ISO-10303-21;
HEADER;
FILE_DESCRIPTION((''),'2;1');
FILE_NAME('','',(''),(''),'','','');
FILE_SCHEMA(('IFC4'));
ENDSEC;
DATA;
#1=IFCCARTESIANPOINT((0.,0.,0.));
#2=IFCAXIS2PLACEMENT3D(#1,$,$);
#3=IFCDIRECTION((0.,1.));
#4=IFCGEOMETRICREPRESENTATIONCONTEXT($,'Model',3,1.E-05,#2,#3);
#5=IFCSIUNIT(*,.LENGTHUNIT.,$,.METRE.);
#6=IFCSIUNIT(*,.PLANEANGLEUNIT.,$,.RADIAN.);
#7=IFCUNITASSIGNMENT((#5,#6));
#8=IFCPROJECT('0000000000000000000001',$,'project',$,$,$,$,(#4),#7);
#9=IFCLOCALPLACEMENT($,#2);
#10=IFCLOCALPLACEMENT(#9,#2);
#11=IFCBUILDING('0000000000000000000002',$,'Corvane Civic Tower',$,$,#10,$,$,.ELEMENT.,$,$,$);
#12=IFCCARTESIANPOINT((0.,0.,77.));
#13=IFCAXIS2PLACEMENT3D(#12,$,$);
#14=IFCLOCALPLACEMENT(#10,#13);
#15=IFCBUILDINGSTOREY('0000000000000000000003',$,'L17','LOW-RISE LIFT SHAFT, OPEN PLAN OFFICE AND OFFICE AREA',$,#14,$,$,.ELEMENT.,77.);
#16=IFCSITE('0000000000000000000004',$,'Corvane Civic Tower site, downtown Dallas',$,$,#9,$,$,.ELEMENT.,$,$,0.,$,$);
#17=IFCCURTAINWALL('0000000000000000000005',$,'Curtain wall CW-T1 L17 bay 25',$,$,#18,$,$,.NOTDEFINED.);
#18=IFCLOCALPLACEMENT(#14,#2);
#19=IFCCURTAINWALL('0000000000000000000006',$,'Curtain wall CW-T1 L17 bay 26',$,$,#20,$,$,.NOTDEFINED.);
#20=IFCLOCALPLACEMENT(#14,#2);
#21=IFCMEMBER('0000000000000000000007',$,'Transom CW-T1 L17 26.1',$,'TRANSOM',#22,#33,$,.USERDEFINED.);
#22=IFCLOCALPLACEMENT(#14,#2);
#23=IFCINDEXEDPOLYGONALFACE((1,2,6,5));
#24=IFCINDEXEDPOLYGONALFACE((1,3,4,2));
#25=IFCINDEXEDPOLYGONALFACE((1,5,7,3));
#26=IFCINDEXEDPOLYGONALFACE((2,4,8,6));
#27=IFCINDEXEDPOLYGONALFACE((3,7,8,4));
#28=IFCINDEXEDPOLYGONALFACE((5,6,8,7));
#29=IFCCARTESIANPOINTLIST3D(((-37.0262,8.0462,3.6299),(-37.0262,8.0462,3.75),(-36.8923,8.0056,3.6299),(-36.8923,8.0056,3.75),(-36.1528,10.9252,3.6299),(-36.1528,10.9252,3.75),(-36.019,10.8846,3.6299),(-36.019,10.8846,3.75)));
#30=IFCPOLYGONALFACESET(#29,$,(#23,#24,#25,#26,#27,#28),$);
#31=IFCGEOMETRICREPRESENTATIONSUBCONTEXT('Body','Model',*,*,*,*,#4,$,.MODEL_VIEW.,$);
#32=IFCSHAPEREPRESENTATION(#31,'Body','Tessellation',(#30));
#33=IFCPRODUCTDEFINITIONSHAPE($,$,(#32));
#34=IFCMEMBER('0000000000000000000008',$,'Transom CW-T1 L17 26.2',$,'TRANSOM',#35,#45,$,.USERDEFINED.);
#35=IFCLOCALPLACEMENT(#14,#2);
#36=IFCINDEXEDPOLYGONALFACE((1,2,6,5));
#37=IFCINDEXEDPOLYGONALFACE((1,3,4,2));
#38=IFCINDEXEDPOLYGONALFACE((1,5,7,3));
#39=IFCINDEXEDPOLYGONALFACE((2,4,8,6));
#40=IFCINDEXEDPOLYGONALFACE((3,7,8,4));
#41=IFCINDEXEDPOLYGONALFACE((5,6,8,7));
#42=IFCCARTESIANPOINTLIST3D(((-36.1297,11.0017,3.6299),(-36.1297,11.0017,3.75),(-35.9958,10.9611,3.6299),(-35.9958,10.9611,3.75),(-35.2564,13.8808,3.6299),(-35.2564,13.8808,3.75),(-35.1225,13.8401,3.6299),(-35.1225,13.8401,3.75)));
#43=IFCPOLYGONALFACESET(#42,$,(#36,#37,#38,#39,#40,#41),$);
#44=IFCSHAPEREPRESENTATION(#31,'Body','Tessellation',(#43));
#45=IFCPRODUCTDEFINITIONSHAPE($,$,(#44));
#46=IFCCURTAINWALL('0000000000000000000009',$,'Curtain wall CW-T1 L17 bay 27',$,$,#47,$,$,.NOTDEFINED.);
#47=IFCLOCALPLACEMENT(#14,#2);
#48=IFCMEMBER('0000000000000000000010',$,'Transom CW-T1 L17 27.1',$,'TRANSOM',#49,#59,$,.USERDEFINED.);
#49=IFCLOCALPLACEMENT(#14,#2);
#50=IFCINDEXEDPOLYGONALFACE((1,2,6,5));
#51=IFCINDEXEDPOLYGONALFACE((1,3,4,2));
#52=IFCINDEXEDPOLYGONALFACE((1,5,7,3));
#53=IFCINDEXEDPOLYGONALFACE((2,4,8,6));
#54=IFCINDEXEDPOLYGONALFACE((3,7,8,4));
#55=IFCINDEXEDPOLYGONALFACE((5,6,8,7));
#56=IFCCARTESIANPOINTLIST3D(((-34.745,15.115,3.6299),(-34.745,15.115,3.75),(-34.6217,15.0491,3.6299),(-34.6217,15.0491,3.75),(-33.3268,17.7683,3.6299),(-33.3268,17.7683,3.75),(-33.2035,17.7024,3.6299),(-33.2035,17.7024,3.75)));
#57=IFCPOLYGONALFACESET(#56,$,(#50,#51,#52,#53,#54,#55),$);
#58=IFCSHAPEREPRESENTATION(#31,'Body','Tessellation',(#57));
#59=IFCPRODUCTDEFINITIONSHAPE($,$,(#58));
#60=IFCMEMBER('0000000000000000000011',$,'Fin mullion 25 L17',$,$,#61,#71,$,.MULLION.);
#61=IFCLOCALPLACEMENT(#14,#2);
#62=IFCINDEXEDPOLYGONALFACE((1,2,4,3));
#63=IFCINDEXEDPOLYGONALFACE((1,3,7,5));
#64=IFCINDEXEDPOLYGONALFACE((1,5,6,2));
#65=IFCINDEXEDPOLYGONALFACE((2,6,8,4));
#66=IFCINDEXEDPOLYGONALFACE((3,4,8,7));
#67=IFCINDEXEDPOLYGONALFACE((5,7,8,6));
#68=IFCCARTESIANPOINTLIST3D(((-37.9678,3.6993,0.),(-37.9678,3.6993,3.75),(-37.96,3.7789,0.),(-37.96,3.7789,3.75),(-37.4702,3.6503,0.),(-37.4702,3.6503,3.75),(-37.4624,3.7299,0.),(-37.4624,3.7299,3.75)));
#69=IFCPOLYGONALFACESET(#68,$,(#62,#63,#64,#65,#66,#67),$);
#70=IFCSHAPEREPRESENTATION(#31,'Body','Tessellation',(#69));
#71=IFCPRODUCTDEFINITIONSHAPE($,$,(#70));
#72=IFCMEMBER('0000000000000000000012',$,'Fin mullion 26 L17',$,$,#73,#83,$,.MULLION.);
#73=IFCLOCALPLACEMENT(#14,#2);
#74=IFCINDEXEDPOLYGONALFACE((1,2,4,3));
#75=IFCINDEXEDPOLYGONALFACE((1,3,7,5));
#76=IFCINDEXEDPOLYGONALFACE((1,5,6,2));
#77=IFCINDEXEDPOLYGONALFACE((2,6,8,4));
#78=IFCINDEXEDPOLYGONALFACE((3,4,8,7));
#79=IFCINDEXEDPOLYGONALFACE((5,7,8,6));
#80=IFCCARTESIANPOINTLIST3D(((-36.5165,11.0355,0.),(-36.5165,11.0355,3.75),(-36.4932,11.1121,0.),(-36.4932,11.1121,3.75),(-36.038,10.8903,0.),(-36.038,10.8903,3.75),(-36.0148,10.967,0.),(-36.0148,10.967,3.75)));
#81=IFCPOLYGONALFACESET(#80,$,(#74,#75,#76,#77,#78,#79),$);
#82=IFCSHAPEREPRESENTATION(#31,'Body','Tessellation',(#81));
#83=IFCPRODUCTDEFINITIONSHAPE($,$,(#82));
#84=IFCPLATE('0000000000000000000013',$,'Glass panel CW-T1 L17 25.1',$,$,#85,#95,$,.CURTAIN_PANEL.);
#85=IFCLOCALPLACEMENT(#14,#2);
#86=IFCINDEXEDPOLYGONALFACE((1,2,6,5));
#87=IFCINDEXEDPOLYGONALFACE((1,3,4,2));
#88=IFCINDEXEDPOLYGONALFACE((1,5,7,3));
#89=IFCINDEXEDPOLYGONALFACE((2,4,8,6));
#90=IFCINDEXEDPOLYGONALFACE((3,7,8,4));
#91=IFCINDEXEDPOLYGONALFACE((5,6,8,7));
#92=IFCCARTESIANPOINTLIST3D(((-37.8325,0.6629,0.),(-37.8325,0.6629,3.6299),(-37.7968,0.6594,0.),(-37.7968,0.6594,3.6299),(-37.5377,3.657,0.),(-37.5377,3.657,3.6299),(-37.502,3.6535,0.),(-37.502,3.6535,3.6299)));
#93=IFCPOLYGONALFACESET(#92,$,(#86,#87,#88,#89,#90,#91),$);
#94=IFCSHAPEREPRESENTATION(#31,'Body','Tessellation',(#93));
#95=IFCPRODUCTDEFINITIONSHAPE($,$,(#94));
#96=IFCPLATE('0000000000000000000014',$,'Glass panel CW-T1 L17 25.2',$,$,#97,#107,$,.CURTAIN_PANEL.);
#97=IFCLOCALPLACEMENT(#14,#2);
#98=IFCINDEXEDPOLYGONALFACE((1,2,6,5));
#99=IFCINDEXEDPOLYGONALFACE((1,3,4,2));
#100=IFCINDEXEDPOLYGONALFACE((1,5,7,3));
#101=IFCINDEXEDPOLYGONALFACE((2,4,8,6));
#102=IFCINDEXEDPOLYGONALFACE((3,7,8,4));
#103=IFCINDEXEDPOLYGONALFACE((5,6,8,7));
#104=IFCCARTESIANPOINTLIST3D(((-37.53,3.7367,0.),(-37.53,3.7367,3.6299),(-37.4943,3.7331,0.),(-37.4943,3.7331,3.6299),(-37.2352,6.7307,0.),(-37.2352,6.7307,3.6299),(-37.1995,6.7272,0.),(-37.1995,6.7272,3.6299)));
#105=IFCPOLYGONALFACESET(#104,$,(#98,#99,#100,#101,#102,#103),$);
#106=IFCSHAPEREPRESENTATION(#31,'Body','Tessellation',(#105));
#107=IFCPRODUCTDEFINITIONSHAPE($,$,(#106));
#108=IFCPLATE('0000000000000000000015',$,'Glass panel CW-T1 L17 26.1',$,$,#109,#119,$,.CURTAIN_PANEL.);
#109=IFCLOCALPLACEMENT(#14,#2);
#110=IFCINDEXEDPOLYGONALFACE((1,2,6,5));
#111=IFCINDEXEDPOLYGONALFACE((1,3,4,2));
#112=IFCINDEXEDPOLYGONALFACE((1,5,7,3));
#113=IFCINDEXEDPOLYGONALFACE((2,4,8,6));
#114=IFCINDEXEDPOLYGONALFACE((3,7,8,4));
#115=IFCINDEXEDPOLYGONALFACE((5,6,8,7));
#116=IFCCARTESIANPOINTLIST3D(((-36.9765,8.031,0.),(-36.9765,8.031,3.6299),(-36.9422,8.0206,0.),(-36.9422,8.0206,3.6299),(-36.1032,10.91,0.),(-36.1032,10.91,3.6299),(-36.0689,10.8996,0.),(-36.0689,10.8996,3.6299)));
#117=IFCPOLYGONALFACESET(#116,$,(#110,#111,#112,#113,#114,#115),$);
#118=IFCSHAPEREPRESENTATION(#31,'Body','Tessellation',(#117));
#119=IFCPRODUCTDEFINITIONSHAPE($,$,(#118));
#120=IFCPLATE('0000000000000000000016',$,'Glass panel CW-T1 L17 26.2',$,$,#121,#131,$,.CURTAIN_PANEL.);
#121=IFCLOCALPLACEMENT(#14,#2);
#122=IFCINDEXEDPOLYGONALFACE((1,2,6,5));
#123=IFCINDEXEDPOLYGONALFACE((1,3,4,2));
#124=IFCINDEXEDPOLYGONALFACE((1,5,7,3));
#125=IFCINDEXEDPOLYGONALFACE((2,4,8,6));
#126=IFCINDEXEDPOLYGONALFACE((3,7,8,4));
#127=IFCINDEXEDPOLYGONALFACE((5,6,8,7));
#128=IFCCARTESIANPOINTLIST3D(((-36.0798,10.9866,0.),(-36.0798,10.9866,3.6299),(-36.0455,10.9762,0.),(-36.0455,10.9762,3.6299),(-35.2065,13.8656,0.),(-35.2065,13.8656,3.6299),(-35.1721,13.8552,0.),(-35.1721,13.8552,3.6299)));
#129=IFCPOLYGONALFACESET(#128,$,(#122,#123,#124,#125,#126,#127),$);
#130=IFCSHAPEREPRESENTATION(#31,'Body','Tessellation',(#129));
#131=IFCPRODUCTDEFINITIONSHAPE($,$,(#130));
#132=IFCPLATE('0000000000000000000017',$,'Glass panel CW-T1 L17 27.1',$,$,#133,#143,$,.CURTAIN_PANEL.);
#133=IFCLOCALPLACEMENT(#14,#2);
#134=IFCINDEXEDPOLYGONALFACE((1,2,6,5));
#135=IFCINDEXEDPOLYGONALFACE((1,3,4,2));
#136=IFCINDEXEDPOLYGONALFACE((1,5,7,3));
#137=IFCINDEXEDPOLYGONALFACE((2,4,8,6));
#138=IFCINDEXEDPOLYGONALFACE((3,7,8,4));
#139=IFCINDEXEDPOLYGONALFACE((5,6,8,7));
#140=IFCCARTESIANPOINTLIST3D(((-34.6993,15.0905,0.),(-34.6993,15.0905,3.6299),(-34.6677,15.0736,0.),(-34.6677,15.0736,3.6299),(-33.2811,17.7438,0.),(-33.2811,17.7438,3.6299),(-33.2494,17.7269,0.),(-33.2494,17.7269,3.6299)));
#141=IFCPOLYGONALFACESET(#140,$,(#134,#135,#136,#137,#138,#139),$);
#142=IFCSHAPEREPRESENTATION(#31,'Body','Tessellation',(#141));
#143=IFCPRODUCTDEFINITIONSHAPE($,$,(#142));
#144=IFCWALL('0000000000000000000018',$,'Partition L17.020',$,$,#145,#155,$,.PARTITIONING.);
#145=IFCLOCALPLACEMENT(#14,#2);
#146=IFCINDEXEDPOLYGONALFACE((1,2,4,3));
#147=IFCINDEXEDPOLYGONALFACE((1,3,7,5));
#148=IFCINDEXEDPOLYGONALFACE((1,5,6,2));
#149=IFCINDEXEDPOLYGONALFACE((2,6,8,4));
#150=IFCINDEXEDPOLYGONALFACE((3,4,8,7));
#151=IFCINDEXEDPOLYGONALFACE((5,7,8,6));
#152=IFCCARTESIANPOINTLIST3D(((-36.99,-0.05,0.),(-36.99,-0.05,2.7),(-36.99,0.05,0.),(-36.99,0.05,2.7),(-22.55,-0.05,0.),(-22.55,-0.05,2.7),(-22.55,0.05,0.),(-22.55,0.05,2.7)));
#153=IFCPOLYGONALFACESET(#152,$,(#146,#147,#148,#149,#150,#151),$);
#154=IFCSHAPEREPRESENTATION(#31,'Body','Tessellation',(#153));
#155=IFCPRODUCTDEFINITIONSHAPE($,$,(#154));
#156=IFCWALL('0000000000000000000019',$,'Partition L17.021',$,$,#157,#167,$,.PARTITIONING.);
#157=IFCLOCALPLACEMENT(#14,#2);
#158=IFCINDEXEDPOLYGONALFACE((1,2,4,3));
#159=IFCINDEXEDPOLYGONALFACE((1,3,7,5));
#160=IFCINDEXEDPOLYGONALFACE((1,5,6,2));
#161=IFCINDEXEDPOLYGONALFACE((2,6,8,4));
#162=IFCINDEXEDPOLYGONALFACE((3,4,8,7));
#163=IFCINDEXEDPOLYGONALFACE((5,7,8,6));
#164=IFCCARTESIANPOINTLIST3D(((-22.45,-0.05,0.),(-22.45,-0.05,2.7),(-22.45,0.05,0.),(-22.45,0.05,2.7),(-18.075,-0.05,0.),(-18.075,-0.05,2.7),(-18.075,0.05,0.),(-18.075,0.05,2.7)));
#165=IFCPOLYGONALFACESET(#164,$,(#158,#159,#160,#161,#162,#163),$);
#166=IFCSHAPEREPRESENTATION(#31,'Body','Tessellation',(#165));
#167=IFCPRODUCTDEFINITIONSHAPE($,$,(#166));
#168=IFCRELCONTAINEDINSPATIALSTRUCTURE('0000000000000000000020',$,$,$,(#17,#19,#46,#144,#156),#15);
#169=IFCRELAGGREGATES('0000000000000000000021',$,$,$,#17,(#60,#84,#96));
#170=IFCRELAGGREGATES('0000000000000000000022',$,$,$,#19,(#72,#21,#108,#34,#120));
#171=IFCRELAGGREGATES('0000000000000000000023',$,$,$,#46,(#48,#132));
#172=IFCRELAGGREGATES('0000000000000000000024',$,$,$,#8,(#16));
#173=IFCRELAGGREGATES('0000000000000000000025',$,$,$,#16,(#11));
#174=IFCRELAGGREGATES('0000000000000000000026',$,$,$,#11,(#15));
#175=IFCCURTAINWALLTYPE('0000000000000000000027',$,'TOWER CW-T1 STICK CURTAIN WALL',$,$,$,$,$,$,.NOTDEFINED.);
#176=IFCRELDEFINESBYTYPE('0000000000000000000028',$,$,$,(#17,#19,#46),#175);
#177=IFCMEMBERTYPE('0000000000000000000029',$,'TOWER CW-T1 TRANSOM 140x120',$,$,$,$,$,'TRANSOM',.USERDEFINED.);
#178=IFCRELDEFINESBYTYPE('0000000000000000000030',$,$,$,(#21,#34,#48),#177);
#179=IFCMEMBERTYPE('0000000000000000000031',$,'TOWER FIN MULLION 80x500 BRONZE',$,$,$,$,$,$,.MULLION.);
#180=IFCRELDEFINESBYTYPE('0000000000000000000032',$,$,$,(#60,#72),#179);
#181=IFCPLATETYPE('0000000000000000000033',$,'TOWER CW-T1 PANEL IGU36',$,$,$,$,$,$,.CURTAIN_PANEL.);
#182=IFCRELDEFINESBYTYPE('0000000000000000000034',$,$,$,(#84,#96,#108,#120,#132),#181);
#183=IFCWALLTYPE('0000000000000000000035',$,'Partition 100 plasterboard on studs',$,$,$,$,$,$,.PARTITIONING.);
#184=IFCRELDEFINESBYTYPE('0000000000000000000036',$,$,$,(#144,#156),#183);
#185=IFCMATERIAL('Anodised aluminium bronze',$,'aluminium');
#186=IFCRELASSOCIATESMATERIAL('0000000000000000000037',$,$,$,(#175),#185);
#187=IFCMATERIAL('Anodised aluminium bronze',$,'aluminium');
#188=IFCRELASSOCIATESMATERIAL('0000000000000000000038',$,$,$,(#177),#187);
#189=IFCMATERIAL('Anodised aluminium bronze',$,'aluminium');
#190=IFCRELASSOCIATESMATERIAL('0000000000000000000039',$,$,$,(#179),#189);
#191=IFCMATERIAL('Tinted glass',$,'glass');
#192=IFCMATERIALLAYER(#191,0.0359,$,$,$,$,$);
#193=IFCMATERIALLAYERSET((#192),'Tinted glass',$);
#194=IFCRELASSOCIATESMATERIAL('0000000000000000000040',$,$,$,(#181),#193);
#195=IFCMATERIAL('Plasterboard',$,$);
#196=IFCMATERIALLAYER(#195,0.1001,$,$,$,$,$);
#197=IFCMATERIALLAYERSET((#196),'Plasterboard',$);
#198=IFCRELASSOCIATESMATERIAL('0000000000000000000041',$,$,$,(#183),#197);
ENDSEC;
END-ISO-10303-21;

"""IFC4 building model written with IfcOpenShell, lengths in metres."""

from ifc_helpers import new_model, si_unit, direction, frame, frame_2d, origin, origin_2d, place, context, subcontext, project, spatial, rectangle, extrude, material, layer, layer_set, material_profile, profile_set, type_object, element, aggregate, save


model = new_model("IFC4")

# Units and contexts
model_context = context("Model", 3, precision=1e-05, world=origin(), true_north=direction((0.0, 1.0)))
body_context = subcontext(model_context, "Body", "Model", "MODEL_VIEW")
ifc_project = project(units=[si_unit("LENGTHUNIT", "METRE"), si_unit("PLANEANGLEUNIT", "RADIAN")], contexts=[model_context])

# Site, building, storey
site_placement = place(None, origin())
site = spatial("IfcSite", under=ifc_project, at=site_placement, Name="Corvane Civic Tower site, downtown Dallas", CompositionType="ELEMENT", RefElevation=0.0)
building_placement = place(site_placement, origin())
building = spatial("IfcBuilding", under=site, at=building_placement, Name="Corvane Civic Tower", CompositionType="ELEMENT")
storey_placement = place(building_placement, frame((0.0, 0.0, 77.0)))
storey = spatial("IfcBuildingStorey", under=building, at=storey_placement, Name="L17", Description="LOW-RISE LIFT SHAFT, OPEN PLAN OFFICE AND OFFICE AREA", CompositionType="ELEMENT", Elevation=77.0)

# Curtain walls, members
ifc_material_1 = material(Name="Anodised aluminium bronze", Category="aluminium")
curtain_wall_type = type_object("IfcCurtainWallType", Name="TOWER CW-T1 STICK CURTAIN WALL", PredefinedType="NOTDEFINED", material=ifc_material_1)
curtain_wall_1_placement = place(storey_placement, origin())
curtain_wall_1 = element("IfcCurtainWall", 1, at=curtain_wall_1_placement, inside=storey, type_object=curtain_wall_type, Name="Curtain wall CW-T1 L17 bay 25", PredefinedType="NOTDEFINED")
ifc_material_2 = material(Name="Anodised aluminium bronze", Category="aluminium")
ifc_material_profile_1 = material_profile(ifc_material_2, rectangle(XDim=0.1399, YDim=0.1201, at=origin_2d()), Name="TOWER CW-T1 TRANSOM 140x120")
ifc_profile_set_1 = profile_set([ifc_material_profile_1], Name="Anodised aluminium bronze")
member_type_1 = type_object("IfcMemberType", Name="TOWER CW-T1 TRANSOM 140x120", ElementType="TRANSOM", PredefinedType="USERDEFINED", material=ifc_profile_set_1)
curtain_wall_2_placement = place(storey_placement, origin())
curtain_wall_2 = element("IfcCurtainWall", 2, at=curtain_wall_2_placement, inside=storey, type_object=curtain_wall_type, Name="Curtain wall CW-T1 L17 bay 26", PredefinedType="NOTDEFINED")
member_1_placement = place(storey_placement, frame((-36.9592, 8.0259, 3.6899), z_axis=(0.29028, 0.956942, 0.0), x_axis=(-0.956942, 0.29028, 0.0)))
member_1 = element("IfcMember", 3, at=member_1_placement, type_object=member_type_1, Name="Transom CW-T1 L17 26.1", ObjectType="TRANSOM", PredefinedType="USERDEFINED", context=body_context, shape_type="SweptSolid", body=[
    extrude(rectangle(XDim=0.1399, YDim=0.1201, at=origin_2d()), origin(), (0.0, 0.0, 1.0), 3.0085),
])
member_2_placement = place(storey_placement, frame((-36.0627, 10.9814, 3.6899), z_axis=(0.29028, 0.956942, 0.0), x_axis=(-0.956942, 0.29028, 0.0)))
member_2 = element("IfcMember", 4, at=member_2_placement, type_object=member_type_1, Name="Transom CW-T1 L17 26.2", ObjectType="TRANSOM", PredefinedType="USERDEFINED", context=body_context, shape_type="SweptSolid", body=[
    extrude(rectangle(XDim=0.1399, YDim=0.1201, at=origin_2d()), origin(), (0.0, 0.0, 1.0), 3.0085),
])

# Curtain wall, member
curtain_wall_3_placement = place(storey_placement, origin())
curtain_wall_3 = element("IfcCurtainWall", 5, at=curtain_wall_3_placement, inside=storey, type_object=curtain_wall_type, Name="Curtain wall CW-T1 L17 bay 27", PredefinedType="NOTDEFINED")
member_3_placement = place(storey_placement, frame((-34.6833, 15.082, 3.6899), z_axis=(0.471393, 0.881924, 0.0), x_axis=(-0.881924, 0.471393, 0.0)))
member_3 = element("IfcMember", 6, at=member_3_placement, type_object=member_type_1, Name="Transom CW-T1 L17 27.1", ObjectType="TRANSOM", PredefinedType="USERDEFINED", context=body_context, shape_type="SweptSolid", body=[
    extrude(rectangle(XDim=0.1399, YDim=0.1201, at=origin_2d()), origin(), (0.0, 0.0, 1.0), 3.0085),
])

# Members
ifc_material_3 = material(Name="Anodised aluminium bronze", Category="aluminium")
ifc_material_profile_2 = material_profile(ifc_material_3, rectangle(XDim=0.0801, YDim=0.5, at=origin_2d()), Name="TOWER FIN MULLION 80x500 BRONZE")
ifc_profile_set_2 = profile_set([ifc_material_profile_2], Name="Anodised aluminium bronze")
member_type_2 = type_object("IfcMemberType", Name="TOWER FIN MULLION 80x500 BRONZE", PredefinedType="MULLION", material=ifc_profile_set_2)
member_4_placement = place(storey_placement, frame((-37.7151, 3.7146, 0.0), z_axis=(0.0, 0.0, 1.0), x_axis=(0.098006, 0.995186, 0.0)))
member_4 = element("IfcMember", 7, at=member_4_placement, type_object=member_type_2, Name="Fin mullion 25 L17", PredefinedType="MULLION", context=body_context, shape_type="SweptSolid", body=[
    extrude(rectangle(XDim=0.0801, YDim=0.5, at=origin_2d()), origin(), (0.0, 0.0, 1.0), 3.75),
])
member_5_placement = place(storey_placement, frame((-36.2656, 11.0012, 0.0), z_axis=(0.0, 0.0, 1.0), x_axis=(0.290278, 0.956942, 0.0)))
member_5 = element("IfcMember", 8, at=member_5_placement, type_object=member_type_2, Name="Fin mullion 26 L17", PredefinedType="MULLION", context=body_context, shape_type="SweptSolid", body=[
    extrude(rectangle(XDim=0.0801, YDim=0.5, at=origin_2d()), origin(), (0.0, 0.0, 1.0), 3.75),
])

# Plates
ifc_material_4 = material(Name="Tinted glass", Category="glass")
ifc_layer_1 = layer(ifc_material_4, 0.0359)
ifc_layer_set_1 = layer_set([ifc_layer_1], Name="Tinted glass")
plate_type = type_object("IfcPlateType", Name="TOWER CW-T1 PANEL IGU36", PredefinedType="CURTAIN_PANEL", material=ifc_layer_set_1)
plate_1_placement = place(storey_placement, frame((-37.6672, 2.1582, 0.0), z_axis=(0.0, 0.0, 1.0), x_axis=(0.098006, 0.995186, 0.0)))
plate_1 = element("IfcPlate", 9, at=plate_1_placement, type_object=plate_type, Name="Glass panel CW-T1 L17 25.1", PredefinedType="CURTAIN_PANEL", context=body_context, shape_type="SweptSolid", body=[
    extrude(rectangle(XDim=3.0085, YDim=0.0359, at=origin_2d()), origin(), (0.0, 0.0, 1.0), 3.6299),
])
plate_2_placement = place(storey_placement, frame((-37.3647, 5.2319, 0.0), z_axis=(0.0, 0.0, 1.0), x_axis=(0.098006, 0.995186, 0.0)))
plate_2 = element("IfcPlate", 10, at=plate_2_placement, type_object=plate_type, Name="Glass panel CW-T1 L17 25.2", PredefinedType="CURTAIN_PANEL", context=body_context, shape_type="SweptSolid", body=[
    extrude(rectangle(XDim=3.0085, YDim=0.0359, at=origin_2d()), origin(), (0.0, 0.0, 1.0), 3.6299),
])
aggregate(curtain_wall_1, [member_4, plate_1, plate_2])
plate_3_placement = place(storey_placement, frame((-36.5227, 9.4653, 0.0), z_axis=(0.0, 0.0, 1.0), x_axis=(0.290278, 0.956942, 0.0)))
plate_3 = element("IfcPlate", 11, at=plate_3_placement, type_object=plate_type, Name="Glass panel CW-T1 L17 26.1", PredefinedType="CURTAIN_PANEL", context=body_context, shape_type="SweptSolid", body=[
    extrude(rectangle(XDim=3.0085, YDim=0.0359, at=origin_2d()), origin(), (0.0, 0.0, 1.0), 3.6299),
])
plate_4_placement = place(storey_placement, frame((-35.626, 12.4209, 0.0), z_axis=(0.0, 0.0, 1.0), x_axis=(0.290278, 0.956942, 0.0)))
plate_4 = element("IfcPlate", 12, at=plate_4_placement, type_object=plate_type, Name="Glass panel CW-T1 L17 26.2", PredefinedType="CURTAIN_PANEL", context=body_context, shape_type="SweptSolid", body=[
    extrude(rectangle(XDim=3.0085, YDim=0.0359, at=origin_2d()), origin(), (0.0, 0.0, 1.0), 3.6299),
])
aggregate(curtain_wall_2, [member_5, member_1, plate_3, member_2, plate_4])
plate_5_placement = place(storey_placement, frame((-33.9744, 16.4087, 0.0), z_axis=(0.0, 0.0, 1.0), x_axis=(0.471404, 0.881918, 0.0)))
plate_5 = element("IfcPlate", 13, at=plate_5_placement, type_object=plate_type, Name="Glass panel CW-T1 L17 27.1", PredefinedType="CURTAIN_PANEL", context=body_context, shape_type="SweptSolid", body=[
    extrude(rectangle(XDim=3.0085, YDim=0.0359, at=origin_2d()), origin(), (0.0, 0.0, 1.0), 3.6299),
])
aggregate(curtain_wall_3, [member_3, plate_5])

# Walls
ifc_material_5 = material(Name="Plasterboard")
ifc_layer_2 = layer(ifc_material_5, 0.1001)
ifc_layer_set_2 = layer_set([ifc_layer_2], Name="Plasterboard")
wall_type = type_object("IfcWallType", Name="Partition 100 plasterboard on studs", PredefinedType="PARTITIONING", material=ifc_layer_set_2)
wall_1_placement = place(storey_placement, frame((-36.99, 0.0, 0.0), z_axis=(0.0, 0.0, 1.0), x_axis=(1.0, 0.0, 0.0)))
element("IfcWall", 14, at=wall_1_placement, inside=storey, type_object=wall_type, Name="Partition L17.020", PredefinedType="PARTITIONING", context=body_context, shape_type="SweptSolid", body=[
    extrude(rectangle(XDim=14.4399, YDim=0.1001, at=frame_2d((7.22, 0.0))), origin(), (0.0, 0.0, 1.0), 2.7),
])
wall_2_placement = place(storey_placement, frame((-22.45, 0.0, 0.0), z_axis=(0.0, 0.0, 1.0), x_axis=(1.0, 0.0, 0.0)))
element("IfcWall", 15, at=wall_2_placement, inside=storey, type_object=wall_type, Name="Partition L17.021", PredefinedType="PARTITIONING", context=body_context, shape_type="SweptSolid", body=[
    extrude(rectangle(XDim=4.375, YDim=0.1001, at=frame_2d((2.1875, 0.0))), origin(), (0.0, 0.0, 1.0), 2.7),
])

save(model, "model.ifc")
